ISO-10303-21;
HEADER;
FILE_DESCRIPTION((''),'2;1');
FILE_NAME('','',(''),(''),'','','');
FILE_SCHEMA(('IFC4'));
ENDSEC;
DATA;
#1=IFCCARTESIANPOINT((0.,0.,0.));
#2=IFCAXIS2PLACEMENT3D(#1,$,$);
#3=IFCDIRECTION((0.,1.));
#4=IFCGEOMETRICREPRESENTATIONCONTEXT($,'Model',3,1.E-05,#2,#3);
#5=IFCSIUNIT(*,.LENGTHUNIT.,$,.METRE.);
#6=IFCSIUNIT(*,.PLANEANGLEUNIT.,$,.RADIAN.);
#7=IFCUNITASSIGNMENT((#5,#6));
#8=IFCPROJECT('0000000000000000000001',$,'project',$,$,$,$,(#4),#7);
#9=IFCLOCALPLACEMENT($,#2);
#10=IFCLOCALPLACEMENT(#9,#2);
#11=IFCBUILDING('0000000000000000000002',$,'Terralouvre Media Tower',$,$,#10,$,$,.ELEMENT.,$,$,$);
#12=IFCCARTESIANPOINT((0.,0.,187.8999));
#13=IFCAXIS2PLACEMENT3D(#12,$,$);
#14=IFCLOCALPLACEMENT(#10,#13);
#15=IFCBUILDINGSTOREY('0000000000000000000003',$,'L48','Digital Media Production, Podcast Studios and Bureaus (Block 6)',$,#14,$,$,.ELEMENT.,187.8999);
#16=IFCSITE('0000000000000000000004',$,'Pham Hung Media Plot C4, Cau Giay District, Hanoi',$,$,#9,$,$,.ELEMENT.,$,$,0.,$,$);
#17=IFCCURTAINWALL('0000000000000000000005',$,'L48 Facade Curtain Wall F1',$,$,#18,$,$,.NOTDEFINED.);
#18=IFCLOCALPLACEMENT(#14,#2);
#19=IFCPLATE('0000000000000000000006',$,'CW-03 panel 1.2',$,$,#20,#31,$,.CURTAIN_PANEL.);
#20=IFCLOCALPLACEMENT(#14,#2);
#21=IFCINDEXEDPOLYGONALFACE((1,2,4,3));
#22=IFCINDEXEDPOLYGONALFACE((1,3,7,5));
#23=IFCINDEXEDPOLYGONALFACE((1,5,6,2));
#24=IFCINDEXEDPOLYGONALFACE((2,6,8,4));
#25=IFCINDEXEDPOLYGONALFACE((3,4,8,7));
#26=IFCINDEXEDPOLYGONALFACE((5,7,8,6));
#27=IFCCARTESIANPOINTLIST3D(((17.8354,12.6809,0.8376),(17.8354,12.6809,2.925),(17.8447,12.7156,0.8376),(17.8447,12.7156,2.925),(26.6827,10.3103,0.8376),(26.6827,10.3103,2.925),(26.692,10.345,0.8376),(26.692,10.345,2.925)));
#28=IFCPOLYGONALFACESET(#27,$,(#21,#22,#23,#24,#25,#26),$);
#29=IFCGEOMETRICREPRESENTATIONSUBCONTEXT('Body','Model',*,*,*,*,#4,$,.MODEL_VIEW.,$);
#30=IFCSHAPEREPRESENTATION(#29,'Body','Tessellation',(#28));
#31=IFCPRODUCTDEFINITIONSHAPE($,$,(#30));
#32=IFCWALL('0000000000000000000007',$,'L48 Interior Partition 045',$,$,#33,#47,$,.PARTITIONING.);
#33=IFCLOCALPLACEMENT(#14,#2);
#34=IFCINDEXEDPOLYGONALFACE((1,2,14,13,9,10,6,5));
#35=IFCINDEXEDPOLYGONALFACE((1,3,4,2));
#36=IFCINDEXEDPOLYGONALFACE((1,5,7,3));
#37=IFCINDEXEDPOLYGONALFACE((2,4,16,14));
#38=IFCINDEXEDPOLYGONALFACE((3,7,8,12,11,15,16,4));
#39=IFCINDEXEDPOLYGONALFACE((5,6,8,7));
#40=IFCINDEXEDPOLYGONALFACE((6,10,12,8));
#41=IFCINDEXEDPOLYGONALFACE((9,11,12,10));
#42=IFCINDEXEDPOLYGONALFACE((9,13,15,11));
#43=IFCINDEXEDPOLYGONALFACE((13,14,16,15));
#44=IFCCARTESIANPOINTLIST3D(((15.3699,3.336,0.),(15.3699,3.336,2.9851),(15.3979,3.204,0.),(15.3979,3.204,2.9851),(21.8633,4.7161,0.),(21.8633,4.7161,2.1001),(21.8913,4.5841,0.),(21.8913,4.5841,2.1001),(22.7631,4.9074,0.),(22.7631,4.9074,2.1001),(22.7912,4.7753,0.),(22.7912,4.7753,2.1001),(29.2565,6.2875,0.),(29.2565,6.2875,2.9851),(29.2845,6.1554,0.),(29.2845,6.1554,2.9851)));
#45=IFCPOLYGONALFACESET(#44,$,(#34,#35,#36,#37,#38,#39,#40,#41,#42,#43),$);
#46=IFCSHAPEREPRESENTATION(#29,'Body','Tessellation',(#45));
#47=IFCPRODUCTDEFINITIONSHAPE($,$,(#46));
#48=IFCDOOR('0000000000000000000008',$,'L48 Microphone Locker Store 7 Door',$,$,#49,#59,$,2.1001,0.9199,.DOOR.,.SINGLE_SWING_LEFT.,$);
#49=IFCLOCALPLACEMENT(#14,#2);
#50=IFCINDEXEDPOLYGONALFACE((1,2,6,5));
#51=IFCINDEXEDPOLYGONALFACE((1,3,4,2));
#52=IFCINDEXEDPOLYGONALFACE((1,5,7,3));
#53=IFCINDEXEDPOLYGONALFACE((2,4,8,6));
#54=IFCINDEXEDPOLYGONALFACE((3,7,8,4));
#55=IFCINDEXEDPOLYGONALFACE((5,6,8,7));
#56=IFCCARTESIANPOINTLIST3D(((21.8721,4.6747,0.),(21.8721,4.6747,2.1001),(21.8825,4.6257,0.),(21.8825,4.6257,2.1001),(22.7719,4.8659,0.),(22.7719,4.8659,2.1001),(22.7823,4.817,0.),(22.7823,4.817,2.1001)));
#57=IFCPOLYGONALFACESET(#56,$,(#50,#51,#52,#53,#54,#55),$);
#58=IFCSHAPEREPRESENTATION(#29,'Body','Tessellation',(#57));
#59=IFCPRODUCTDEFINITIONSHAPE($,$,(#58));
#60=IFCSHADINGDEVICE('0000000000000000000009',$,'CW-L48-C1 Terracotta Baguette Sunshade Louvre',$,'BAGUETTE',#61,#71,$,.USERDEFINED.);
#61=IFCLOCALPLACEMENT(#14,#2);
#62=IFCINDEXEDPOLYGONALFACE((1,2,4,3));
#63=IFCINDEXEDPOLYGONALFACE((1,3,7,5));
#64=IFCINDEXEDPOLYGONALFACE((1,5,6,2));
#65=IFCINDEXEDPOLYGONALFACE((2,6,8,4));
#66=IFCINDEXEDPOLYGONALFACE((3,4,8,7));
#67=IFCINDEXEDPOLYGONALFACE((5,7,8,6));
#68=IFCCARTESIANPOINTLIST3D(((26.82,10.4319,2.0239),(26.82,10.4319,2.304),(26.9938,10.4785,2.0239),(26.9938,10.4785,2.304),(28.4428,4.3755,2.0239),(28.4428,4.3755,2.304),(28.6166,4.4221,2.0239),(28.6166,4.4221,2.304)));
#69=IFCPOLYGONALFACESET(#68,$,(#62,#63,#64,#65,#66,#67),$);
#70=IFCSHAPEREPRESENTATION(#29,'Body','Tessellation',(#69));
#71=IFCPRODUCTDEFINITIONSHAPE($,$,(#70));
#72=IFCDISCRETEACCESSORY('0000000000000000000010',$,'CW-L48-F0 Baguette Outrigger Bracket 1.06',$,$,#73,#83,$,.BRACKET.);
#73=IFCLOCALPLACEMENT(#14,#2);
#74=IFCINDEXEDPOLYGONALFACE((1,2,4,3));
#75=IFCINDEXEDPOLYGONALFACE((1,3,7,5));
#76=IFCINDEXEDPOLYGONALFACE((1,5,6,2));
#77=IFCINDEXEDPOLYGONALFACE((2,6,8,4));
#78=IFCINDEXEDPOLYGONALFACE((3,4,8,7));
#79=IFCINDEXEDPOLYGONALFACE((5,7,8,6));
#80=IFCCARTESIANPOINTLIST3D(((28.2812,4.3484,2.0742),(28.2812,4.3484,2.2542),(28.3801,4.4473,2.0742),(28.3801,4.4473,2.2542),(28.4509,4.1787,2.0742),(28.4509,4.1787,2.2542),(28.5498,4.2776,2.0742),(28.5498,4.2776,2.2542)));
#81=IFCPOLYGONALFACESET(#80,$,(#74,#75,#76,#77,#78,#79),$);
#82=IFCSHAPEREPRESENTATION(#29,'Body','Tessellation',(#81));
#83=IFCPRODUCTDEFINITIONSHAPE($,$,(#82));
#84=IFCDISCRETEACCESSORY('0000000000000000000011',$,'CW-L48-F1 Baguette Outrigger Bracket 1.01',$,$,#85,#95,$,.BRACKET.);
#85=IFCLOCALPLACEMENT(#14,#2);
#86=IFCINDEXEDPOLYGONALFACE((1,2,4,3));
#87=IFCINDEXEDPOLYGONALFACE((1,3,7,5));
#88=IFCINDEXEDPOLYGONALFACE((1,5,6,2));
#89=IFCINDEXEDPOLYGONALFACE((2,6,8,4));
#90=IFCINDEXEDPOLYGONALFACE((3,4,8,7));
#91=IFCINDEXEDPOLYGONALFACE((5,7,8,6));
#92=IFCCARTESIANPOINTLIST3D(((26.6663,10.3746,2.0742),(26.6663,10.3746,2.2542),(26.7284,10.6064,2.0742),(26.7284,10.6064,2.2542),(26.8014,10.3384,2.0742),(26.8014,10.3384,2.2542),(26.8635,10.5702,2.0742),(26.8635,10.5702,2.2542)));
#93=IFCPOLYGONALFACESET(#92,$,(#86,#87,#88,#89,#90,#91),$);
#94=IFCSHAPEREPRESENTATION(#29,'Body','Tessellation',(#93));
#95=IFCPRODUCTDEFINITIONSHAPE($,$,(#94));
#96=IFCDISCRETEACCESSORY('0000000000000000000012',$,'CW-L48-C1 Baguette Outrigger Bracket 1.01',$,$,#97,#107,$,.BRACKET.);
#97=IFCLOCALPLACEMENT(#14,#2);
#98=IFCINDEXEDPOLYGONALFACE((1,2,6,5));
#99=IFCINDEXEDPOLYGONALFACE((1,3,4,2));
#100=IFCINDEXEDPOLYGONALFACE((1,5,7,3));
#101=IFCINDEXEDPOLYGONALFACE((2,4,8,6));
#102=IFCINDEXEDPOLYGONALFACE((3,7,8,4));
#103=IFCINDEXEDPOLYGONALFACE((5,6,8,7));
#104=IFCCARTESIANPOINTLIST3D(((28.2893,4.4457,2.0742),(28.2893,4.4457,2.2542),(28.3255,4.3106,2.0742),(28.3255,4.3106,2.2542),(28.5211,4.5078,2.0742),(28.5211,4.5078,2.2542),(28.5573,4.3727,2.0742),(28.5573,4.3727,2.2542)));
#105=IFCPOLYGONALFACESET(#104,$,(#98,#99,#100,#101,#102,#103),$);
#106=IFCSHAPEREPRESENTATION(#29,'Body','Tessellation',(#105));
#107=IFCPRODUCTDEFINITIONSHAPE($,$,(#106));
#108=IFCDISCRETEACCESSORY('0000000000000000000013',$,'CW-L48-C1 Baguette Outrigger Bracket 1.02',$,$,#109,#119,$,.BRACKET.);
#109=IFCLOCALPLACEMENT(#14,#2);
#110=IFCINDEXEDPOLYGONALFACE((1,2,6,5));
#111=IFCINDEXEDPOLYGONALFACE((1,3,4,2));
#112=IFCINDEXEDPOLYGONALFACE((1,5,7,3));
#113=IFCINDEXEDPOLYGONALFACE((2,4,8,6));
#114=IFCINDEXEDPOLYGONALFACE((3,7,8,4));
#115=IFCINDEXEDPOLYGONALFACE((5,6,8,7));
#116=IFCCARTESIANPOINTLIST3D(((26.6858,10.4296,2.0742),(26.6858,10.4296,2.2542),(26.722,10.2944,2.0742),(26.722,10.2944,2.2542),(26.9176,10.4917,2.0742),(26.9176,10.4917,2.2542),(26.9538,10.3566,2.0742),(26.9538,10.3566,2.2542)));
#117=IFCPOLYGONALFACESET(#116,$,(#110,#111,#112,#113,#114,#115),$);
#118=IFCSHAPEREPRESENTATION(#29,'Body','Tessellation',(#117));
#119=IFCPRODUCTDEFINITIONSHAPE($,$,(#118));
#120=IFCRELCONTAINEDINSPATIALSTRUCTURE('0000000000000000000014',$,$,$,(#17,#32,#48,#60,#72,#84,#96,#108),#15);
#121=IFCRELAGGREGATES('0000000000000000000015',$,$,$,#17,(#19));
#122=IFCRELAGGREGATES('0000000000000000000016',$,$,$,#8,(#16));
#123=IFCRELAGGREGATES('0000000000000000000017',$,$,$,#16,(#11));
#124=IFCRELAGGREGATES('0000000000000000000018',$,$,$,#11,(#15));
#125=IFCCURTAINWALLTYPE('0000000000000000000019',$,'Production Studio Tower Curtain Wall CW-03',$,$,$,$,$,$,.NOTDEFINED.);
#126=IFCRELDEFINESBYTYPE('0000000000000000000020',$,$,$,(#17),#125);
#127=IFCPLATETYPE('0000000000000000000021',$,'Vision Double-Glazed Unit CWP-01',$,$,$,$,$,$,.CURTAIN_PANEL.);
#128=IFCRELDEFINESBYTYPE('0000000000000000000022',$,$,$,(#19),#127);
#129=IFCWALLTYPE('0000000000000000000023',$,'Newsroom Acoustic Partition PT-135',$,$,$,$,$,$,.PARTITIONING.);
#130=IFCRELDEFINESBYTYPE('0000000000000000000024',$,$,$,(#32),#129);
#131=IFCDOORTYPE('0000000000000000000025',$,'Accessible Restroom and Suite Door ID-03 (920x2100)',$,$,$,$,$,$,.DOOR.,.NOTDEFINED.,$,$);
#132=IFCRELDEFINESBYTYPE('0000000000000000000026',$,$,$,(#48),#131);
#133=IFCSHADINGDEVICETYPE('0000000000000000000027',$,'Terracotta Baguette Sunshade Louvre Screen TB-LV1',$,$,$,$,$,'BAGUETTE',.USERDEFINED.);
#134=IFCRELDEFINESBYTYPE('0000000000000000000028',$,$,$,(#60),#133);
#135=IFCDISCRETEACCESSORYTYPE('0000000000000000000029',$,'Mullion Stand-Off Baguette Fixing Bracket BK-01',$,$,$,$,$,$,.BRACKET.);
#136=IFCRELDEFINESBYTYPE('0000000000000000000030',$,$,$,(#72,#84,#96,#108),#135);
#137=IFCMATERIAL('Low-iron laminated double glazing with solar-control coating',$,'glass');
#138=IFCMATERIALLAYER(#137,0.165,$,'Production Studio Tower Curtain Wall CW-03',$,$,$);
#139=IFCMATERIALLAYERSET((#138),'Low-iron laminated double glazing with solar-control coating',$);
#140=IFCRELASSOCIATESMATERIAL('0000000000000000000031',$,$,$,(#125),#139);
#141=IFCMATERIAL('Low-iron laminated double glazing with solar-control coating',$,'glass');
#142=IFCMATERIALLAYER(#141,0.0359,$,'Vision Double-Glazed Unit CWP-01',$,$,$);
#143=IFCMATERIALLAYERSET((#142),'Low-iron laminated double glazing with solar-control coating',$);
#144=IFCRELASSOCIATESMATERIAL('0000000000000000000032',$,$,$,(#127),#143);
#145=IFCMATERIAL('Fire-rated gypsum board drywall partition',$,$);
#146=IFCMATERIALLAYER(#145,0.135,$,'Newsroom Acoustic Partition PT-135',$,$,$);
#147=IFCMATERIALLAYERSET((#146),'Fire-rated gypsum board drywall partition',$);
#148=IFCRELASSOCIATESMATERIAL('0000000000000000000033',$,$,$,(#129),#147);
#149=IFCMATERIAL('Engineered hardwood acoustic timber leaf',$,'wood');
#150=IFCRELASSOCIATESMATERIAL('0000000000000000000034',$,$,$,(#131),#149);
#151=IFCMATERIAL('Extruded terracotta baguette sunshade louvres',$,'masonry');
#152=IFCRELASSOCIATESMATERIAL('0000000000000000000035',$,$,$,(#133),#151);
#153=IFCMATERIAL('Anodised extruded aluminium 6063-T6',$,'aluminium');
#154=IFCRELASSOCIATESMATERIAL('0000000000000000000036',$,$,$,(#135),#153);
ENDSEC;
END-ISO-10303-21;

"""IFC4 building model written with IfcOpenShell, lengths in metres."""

from ifc_helpers import new_model, si_unit, direction, frame, frame_2d, origin, origin_2d, place, context, subcontext, project, spatial, rectangle, extrude, material, layer, layer_set, type_object, element, fill, aggregate, save


model = new_model("IFC4")

# Units and contexts
model_context = context("Model", 3, precision=1e-05, world=origin(), true_north=direction((0.0, 1.0)))
body_context = subcontext(model_context, "Body", "Model", "MODEL_VIEW")
ifc_project = project(units=[si_unit("LENGTHUNIT", "METRE"), si_unit("PLANEANGLEUNIT", "RADIAN")], contexts=[model_context])

# Site, building, storey
site_placement = place(None, origin())
site = spatial("IfcSite", under=ifc_project, at=site_placement, Name="Pham Hung Media Plot C4, Cau Giay District, Hanoi", CompositionType="ELEMENT", RefElevation=0.0)
building_placement = place(site_placement, origin())
building = spatial("IfcBuilding", under=site, at=building_placement, Name="Terralouvre Media Tower", CompositionType="ELEMENT")
storey_placement = place(building_placement, frame((0.0, 0.0, 187.8999)))
storey = spatial("IfcBuildingStorey", under=building, at=storey_placement, Name="L48", Description="Digital Media Production, Podcast Studios and Bureaus (Block 6)", CompositionType="ELEMENT", Elevation=187.8999)

# Curtain wall
ifc_material_1 = material(Name="Low-iron laminated double glazing with solar-control coating", Category="glass")
ifc_layer_1 = layer(ifc_material_1, 0.165, Name="Production Studio Tower Curtain Wall CW-03")
ifc_layer_set_1 = layer_set([ifc_layer_1], Name="Low-iron laminated double glazing with solar-control coating")
curtain_wall_type_1 = type_object("IfcCurtainWallType", Name="Production Studio Tower Curtain Wall CW-03", PredefinedType="NOTDEFINED", material=ifc_layer_set_1)
curtain_wall_1_placement = place(storey_placement, origin())
curtain_wall_1 = element("IfcCurtainWall", 1, at=curtain_wall_1_placement, inside=storey, type_object=curtain_wall_type_1, Name="L48 Facade Curtain Wall F1", PredefinedType="NOTDEFINED")

# Plate
ifc_material_2 = material(Name="Low-iron laminated double glazing with solar-control coating", Category="glass")
ifc_layer_2 = layer(ifc_material_2, 0.0359, Name="Vision Double-Glazed Unit CWP-01")
ifc_layer_set_2 = layer_set([ifc_layer_2], Name="Low-iron laminated double glazing with solar-control coating")
plate_type_1 = type_object("IfcPlateType", Name="Vision Double-Glazed Unit CWP-01", PredefinedType="CURTAIN_PANEL", material=ifc_layer_set_2)
plate_1_placement = place(storey_placement, frame((22.2637, 11.5129, 0.8376), z_axis=(0.0, 0.0, 1.0), x_axis=(-0.965926, 0.258819, 0.0)))
plate_1 = element("IfcPlate", 2, at=plate_1_placement, type_object=plate_type_1, Name="CW-03 panel 1.2", PredefinedType="CURTAIN_PANEL", context=body_context, shape_type="SweptSolid", body=[
    extrude(rectangle(XDim=9.1594, YDim=0.0359, at=origin_2d()), origin(), (0.0, 0.0, 1.0), 2.0874),
])
aggregate(curtain_wall_1, [plate_1])

# Wall, opening, door
ifc_material_3 = material(Name="Fire-rated gypsum board drywall partition")
ifc_layer_3 = layer(ifc_material_3, 0.135, Name="Newsroom Acoustic Partition PT-135")
ifc_layer_set_3 = layer_set([ifc_layer_3], Name="Fire-rated gypsum board drywall partition")
wall_type = type_object("IfcWallType", Name="Newsroom Acoustic Partition PT-135", PredefinedType="PARTITIONING", material=ifc_layer_set_3)
wall_placement = place(storey_placement, frame((29.2705, 6.2214, 0.0), z_axis=(0.0, 0.0, 1.0), x_axis=(-0.978151, -0.207895, 0.0)))
wall = element("IfcWall", 3, at=wall_placement, inside=storey, type_object=wall_type, Name="L48 Interior Partition 045", PredefinedType="PARTITIONING", context=body_context, shape_type="SweptSolid", body=[
    extrude(rectangle(XDim=14.1968, YDim=0.135, at=frame_2d((7.0984, 0.0))), origin(), (0.0, 0.0, 1.0), 2.9851),
])
opening_placement = place(wall_placement, frame((6.6384, 0.0, 0.0)))
opening = element("IfcOpeningElement", 4, at=opening_placement, cuts=wall, PredefinedType="OPENING", context=body_context, shape_type="SweptSolid", body=[
    extrude(rectangle(XDim=0.9199, YDim=2.1001, at=frame_2d((0.46, 1.05))), frame((0.0, 0.0774, 0.0), z_axis=(0.0, -1.0, 0.0), x_axis=(1.0, 0.0, 0.0)), (0.0, 0.0, 1.0), 0.155),
])
ifc_material_4 = material(Name="Engineered hardwood acoustic timber leaf", Category="wood")
door_type = type_object("IfcDoorType", Name="Accessible Restroom and Suite Door ID-03 (920x2100)", OperationType="NOTDEFINED", PredefinedType="DOOR", material=ifc_material_4)
door_placement = place(opening_placement, origin())
door = element("IfcDoor", 5, at=door_placement, inside=storey, type_object=door_type, Name="L48 Microphone Locker Store 7 Door", OperationType="SINGLE_SWING_LEFT", OverallHeight=2.1001, OverallWidth=0.9199, PredefinedType="DOOR", context=body_context, shape_type="SweptSolid", body=[
    extrude(rectangle(XDim=0.9199, YDim=2.1001, at=frame_2d((0.46, 1.05))), frame((0.0, 0.0249, 0.0), z_axis=(0.0, -1.0, 0.0), x_axis=(1.0, 0.0, 0.0)), (0.0, 0.0, 1.0), 0.05),
])
fill(opening, door)

# Shading device
ifc_material_5 = material(Name="Extruded terracotta baguette sunshade louvres", Category="masonry")
shading_device_type = type_object("IfcShadingDeviceType", Name="Terracotta Baguette Sunshade Louvre Screen TB-LV1", ElementType="BAGUETTE", PredefinedType="USERDEFINED", material=ifc_material_5)
shading_device_placement = place(storey_placement, frame((27.7183, 7.427, 2.0239), z_axis=(0.0, 0.0, 1.0), x_axis=(-0.258819, 0.965926, 0.0)))
element("IfcShadingDevice", 6, at=shading_device_placement, inside=storey, type_object=shading_device_type, Name="CW-L48-C1 Terracotta Baguette Sunshade Louvre", ObjectType="BAGUETTE", PredefinedType="USERDEFINED", context=body_context, shape_type="SweptSolid", body=[
    extrude(rectangle(XDim=6.27, YDim=0.1799, at=origin_2d()), origin(), (0.0, 0.0, 1.0), 0.28),
])

# Discrete accessories
ifc_material_6 = material(Name="Anodised extruded aluminium 6063-T6", Category="aluminium")
discrete_accessory_type = type_object("IfcDiscreteAccessoryType", Name="Mullion Stand-Off Baguette Fixing Bracket BK-01", PredefinedType="BRACKET", material=ifc_material_6)
for number, where, z_axis, x_axis, name in (
    (7, (28.4155, 4.313, 2.0742), (0.0, 0.0, 1.0), (0.707107, 0.707107, 0.0), "CW-L48-F0 Baguette Outrigger Bracket 1.06"),
    (8, (26.7649, 10.4724, 2.0742), (0.0, 0.0, 1.0), (-0.965926, 0.258819, 0.0), "CW-L48-F1 Baguette Outrigger Bracket 1.01"),
    (9, (28.4233, 4.4092, 2.0742), (0.0, 0.0, 1.0), (-0.258819, 0.965926, 0.0), "CW-L48-C1 Baguette Outrigger Bracket 1.01"),
    (10, (26.8198, 10.3931, 2.0742), (0.0, 0.0, 1.0), (-0.258819, 0.965926, 0.0), "CW-L48-C1 Baguette Outrigger Bracket 1.02"),
):
    element("IfcDiscreteAccessory", number, at=place(storey_placement, frame(where, z_axis=z_axis, x_axis=x_axis)), inside=storey, type_object=discrete_accessory_type, Name=name, PredefinedType="BRACKET", context=body_context, shape_type="SweptSolid", body=[
        extrude(rectangle(XDim=0.1399, YDim=0.24, at=origin_2d()), origin(), (0.0, 0.0, 1.0), 0.1799),
    ])

save(model, "model.ifc")
